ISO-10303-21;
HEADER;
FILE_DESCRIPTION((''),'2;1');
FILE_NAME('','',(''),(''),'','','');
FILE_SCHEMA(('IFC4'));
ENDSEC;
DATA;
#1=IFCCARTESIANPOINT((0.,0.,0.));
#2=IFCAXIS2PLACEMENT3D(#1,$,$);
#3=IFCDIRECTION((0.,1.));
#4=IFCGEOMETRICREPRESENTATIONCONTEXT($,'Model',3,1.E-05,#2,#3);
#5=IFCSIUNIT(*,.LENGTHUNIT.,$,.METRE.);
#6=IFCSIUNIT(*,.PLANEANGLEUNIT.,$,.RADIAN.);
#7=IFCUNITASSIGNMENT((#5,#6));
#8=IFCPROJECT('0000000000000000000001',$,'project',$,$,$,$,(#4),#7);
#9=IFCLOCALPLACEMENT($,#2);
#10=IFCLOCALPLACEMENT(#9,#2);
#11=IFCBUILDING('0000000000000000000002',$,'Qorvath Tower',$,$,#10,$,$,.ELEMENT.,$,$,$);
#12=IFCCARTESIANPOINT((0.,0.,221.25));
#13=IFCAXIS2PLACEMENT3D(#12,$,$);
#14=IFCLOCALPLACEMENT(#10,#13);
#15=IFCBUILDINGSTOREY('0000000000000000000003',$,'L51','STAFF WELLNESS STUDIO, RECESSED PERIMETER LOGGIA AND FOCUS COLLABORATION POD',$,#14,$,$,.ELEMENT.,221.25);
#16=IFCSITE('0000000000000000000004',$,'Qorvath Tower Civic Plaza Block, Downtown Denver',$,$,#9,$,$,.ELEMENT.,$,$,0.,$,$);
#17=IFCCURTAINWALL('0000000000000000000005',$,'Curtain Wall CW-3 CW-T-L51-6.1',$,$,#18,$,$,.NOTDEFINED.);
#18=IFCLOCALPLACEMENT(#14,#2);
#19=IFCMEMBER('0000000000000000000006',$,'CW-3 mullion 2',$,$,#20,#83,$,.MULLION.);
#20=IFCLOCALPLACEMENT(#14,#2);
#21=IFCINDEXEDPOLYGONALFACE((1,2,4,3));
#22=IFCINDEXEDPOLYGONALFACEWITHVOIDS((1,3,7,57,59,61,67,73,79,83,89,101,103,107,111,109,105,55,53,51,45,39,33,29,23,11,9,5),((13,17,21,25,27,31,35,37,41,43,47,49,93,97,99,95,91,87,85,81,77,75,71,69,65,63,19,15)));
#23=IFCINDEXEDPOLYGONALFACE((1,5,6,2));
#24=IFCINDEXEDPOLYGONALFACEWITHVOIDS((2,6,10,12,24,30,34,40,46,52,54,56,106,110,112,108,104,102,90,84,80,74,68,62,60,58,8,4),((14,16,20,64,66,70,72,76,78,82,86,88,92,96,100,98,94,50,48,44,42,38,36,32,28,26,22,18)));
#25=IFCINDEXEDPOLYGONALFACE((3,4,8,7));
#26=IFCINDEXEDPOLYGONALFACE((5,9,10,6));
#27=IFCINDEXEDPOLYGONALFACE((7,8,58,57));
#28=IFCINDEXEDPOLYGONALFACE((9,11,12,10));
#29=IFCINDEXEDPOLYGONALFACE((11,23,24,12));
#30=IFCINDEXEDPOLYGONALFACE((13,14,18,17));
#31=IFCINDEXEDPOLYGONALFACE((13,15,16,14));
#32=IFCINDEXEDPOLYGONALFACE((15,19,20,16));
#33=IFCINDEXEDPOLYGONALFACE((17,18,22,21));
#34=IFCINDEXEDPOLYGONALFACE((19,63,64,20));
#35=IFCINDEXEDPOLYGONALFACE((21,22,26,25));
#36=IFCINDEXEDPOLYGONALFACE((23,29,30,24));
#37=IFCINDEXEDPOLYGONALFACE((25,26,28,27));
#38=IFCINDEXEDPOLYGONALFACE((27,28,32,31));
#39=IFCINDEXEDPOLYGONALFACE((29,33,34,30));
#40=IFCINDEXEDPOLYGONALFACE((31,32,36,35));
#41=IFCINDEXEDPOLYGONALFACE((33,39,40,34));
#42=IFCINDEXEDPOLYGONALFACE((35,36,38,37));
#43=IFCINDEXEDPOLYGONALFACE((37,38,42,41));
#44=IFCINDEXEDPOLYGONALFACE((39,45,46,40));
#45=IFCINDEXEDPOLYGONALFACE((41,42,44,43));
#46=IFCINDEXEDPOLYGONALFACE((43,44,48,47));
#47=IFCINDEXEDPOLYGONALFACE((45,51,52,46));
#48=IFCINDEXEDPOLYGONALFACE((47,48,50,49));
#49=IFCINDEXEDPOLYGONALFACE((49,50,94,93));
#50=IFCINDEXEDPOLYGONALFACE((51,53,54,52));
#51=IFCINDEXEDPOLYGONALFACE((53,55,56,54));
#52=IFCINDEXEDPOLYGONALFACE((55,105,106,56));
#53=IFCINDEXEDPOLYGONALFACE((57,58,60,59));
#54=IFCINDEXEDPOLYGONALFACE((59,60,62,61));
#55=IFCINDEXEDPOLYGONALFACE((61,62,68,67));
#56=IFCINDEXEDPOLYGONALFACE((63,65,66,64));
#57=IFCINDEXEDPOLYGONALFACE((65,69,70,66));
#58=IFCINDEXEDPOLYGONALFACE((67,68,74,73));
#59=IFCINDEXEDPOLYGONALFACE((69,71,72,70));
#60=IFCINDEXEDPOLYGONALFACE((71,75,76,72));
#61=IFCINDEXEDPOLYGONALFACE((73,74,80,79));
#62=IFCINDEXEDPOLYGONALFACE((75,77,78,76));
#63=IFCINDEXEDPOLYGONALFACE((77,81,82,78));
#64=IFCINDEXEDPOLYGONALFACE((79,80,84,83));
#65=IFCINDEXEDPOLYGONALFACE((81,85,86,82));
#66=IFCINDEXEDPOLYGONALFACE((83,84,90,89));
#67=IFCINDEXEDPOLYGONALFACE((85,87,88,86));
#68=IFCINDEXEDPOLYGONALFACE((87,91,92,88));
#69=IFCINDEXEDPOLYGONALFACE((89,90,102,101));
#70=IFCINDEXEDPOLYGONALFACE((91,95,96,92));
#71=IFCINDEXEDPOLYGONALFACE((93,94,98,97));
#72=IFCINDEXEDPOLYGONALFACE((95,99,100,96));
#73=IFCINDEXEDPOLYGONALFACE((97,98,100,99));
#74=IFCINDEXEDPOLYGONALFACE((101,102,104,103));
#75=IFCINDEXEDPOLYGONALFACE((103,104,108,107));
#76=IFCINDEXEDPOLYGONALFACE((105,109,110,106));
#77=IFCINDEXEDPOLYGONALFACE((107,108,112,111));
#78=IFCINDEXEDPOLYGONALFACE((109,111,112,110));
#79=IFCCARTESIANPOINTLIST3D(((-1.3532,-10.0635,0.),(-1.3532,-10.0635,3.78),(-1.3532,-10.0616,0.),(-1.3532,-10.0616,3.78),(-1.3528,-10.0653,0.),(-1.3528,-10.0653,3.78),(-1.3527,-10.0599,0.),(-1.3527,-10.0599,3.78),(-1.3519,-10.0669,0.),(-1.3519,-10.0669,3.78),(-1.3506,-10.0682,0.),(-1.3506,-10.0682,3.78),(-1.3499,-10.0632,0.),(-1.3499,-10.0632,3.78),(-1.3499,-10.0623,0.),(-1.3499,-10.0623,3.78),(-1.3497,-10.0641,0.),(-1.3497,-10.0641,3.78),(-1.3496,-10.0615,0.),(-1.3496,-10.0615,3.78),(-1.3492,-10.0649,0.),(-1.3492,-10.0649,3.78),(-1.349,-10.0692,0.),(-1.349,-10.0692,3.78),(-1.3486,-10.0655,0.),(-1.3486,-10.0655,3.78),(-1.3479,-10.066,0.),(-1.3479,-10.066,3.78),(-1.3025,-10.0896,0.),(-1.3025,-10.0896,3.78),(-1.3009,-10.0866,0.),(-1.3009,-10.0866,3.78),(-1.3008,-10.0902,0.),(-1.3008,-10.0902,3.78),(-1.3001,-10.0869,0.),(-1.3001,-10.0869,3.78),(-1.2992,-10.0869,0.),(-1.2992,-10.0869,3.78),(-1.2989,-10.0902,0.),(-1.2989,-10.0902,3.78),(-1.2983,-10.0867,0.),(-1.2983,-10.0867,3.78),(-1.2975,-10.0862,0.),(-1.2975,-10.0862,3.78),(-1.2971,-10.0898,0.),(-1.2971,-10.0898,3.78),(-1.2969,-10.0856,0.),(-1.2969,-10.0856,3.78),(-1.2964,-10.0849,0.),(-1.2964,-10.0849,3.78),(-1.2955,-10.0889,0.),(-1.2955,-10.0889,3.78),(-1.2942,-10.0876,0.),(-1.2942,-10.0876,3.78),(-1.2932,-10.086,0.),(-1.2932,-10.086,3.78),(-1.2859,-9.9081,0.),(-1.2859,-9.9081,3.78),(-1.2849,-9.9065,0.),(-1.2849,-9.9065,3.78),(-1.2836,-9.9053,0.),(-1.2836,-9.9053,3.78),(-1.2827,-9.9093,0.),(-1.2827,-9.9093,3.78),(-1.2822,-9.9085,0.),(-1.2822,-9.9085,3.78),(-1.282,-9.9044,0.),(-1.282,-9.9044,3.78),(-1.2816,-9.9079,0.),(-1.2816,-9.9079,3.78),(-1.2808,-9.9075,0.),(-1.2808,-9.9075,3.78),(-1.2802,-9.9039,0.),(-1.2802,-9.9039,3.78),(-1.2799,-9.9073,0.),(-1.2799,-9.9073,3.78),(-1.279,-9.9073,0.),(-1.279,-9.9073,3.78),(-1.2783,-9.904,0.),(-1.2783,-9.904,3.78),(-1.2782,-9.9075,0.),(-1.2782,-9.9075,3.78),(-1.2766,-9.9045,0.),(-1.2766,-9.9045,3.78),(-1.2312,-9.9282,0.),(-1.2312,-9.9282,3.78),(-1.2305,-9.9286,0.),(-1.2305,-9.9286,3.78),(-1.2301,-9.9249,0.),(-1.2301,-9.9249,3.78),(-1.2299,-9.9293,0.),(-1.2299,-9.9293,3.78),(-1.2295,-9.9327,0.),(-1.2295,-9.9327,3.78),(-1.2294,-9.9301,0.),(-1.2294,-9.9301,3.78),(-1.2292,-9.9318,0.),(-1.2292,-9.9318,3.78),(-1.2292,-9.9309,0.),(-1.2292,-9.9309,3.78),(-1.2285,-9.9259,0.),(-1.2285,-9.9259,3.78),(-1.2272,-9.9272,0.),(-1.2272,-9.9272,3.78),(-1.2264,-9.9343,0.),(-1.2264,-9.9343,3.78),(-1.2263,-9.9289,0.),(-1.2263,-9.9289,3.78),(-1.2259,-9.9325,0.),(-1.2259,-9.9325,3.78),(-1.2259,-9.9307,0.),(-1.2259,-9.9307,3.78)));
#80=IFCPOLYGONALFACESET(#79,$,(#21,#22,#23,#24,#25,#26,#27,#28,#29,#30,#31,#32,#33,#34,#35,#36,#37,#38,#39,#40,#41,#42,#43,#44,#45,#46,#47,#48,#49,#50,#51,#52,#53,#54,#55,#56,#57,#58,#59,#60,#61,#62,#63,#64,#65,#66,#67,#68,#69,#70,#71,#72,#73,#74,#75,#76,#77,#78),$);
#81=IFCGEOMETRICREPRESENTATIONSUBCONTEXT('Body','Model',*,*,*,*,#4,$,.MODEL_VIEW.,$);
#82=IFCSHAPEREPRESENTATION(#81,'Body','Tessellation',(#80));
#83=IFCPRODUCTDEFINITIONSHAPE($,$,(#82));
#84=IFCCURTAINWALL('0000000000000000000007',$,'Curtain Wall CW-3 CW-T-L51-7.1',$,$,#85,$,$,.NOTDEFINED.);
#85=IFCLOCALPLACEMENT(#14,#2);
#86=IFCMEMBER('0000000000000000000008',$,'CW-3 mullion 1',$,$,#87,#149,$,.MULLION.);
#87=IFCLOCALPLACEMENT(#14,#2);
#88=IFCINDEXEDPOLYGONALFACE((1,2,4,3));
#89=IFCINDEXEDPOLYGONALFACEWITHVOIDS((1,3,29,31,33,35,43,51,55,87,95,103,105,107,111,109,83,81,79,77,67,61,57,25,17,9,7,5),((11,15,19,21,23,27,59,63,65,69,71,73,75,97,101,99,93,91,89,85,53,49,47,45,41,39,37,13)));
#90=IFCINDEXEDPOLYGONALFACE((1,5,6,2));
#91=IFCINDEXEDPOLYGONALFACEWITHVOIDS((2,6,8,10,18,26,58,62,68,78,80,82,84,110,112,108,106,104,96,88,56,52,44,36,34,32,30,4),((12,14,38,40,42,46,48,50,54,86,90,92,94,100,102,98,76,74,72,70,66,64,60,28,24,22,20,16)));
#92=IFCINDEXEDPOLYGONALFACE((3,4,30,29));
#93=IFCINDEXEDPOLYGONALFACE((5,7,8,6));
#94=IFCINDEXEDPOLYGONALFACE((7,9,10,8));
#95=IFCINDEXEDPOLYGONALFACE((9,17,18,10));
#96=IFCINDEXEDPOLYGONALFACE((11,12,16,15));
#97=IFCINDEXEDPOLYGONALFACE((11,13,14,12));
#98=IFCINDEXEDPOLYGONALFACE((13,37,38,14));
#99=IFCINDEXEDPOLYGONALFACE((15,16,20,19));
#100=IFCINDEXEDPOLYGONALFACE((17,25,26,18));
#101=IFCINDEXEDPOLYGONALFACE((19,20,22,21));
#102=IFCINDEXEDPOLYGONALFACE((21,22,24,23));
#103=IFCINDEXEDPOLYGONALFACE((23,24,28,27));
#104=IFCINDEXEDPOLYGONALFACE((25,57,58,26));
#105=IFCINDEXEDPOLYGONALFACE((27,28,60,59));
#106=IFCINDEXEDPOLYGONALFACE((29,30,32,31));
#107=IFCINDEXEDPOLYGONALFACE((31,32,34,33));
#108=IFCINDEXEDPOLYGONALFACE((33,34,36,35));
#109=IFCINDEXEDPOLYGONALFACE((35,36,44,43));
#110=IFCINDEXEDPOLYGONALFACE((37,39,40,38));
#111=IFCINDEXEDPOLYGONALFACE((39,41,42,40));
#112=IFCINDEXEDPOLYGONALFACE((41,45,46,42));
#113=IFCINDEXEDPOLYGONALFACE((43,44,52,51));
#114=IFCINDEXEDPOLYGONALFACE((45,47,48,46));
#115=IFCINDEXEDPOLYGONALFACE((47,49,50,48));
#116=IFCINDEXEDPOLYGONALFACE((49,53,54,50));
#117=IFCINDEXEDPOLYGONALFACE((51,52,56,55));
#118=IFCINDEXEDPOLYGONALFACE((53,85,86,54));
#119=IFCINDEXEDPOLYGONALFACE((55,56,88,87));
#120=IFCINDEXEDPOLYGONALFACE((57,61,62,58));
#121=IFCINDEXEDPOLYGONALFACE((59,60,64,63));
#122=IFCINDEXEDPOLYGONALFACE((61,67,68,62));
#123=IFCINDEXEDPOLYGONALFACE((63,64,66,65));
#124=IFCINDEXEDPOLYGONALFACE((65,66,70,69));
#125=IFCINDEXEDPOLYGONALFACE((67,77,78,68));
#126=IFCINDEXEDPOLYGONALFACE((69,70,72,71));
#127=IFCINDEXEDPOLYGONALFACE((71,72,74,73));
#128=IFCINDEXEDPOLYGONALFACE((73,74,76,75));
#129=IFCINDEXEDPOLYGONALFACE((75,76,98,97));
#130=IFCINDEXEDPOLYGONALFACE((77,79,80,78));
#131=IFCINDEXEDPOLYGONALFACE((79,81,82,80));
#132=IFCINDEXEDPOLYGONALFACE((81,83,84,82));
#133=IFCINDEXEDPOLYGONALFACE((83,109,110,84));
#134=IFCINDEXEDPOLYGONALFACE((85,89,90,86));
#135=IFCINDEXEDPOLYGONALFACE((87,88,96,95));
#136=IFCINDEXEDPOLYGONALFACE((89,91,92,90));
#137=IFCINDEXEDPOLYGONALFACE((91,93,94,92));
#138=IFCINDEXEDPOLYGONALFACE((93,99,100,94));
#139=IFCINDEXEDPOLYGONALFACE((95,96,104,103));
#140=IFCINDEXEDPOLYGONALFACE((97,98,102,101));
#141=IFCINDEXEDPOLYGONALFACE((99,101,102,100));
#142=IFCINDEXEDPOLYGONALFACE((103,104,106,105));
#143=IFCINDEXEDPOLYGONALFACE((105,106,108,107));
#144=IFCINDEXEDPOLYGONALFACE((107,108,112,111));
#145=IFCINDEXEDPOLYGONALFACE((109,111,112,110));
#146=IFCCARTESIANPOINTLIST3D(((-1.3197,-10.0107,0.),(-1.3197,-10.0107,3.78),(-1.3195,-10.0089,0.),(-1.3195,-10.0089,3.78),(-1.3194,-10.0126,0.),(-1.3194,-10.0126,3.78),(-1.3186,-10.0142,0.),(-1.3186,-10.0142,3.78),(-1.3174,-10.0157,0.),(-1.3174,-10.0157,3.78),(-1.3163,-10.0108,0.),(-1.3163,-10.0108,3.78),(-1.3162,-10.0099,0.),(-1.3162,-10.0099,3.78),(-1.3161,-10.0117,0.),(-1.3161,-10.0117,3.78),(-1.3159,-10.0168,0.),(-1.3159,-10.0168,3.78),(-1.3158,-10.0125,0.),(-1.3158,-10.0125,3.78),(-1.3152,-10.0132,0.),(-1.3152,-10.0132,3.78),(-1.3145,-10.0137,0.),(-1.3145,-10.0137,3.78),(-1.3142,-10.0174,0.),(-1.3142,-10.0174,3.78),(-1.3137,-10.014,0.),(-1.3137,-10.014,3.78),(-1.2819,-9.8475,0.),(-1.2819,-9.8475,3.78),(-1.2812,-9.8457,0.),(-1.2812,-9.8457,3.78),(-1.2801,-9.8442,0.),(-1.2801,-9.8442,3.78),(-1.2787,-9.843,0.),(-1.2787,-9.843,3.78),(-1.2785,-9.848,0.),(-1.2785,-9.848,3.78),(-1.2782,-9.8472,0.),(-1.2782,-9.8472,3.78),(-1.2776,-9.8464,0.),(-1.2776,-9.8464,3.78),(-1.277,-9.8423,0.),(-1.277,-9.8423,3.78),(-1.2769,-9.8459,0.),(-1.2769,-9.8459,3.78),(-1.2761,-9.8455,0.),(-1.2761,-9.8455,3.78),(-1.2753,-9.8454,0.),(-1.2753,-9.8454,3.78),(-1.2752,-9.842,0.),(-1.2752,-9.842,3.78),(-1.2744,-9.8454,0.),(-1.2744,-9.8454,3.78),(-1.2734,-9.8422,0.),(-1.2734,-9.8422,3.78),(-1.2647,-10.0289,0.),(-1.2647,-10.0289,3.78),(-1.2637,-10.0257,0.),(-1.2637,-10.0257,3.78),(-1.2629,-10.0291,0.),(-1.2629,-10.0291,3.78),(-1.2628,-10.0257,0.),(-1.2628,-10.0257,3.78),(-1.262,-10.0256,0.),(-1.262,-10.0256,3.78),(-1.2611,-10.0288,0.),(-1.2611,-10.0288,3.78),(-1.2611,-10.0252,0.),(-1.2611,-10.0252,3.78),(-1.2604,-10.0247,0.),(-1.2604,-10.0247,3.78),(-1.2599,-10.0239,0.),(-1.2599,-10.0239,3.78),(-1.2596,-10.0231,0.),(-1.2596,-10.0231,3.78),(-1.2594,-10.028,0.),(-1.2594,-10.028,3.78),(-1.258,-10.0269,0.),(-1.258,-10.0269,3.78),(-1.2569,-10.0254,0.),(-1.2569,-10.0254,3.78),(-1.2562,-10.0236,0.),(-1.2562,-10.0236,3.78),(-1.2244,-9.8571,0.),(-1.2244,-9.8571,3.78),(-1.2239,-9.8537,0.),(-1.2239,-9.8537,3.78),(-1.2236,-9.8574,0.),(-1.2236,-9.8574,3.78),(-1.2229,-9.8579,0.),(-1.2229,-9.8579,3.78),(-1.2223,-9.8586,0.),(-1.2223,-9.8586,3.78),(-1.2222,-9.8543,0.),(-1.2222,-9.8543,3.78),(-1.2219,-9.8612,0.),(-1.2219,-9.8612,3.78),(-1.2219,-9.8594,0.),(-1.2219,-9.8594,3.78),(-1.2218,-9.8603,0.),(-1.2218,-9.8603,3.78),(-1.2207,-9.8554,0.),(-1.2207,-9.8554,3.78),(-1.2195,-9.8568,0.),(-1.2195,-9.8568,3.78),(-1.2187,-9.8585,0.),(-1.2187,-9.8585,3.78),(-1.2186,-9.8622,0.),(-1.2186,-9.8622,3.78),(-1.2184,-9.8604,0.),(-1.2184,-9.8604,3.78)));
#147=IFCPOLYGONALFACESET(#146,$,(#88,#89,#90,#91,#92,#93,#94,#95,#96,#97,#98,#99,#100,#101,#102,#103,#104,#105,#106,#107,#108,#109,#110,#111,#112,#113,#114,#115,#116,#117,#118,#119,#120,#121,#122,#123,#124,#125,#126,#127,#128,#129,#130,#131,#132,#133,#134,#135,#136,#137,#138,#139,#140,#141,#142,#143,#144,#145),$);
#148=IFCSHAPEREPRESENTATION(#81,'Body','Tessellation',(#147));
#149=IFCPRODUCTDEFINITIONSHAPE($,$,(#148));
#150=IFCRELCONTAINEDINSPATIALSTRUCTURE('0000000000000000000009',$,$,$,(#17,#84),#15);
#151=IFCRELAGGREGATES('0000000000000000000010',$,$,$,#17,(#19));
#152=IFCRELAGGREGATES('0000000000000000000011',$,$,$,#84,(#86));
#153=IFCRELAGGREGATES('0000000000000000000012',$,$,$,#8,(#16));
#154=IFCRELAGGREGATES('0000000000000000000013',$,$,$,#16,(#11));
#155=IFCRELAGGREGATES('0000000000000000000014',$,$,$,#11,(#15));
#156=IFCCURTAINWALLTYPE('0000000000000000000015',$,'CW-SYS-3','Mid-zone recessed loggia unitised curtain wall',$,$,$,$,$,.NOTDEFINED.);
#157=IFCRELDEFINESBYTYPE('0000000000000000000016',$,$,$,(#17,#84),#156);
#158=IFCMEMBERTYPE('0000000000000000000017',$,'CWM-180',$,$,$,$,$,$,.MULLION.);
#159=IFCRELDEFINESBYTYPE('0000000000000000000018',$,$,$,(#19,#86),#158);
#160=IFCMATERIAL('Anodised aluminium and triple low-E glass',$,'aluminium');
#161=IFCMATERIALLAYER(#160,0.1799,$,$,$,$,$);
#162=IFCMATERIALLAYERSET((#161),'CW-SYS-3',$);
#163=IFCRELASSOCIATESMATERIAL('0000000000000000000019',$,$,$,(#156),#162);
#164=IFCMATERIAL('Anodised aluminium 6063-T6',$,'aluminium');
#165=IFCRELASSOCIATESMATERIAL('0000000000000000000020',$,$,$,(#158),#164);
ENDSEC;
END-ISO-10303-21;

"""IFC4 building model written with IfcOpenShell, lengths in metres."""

from ifc_helpers import new_model, si_unit, direction, frame, origin, origin_2d, place, context, subcontext, project, spatial, hollow_rectangle, extrude, material, layer, layer_set, material_profile, profile_set, type_object, element, aggregate, save


model = new_model("IFC4")

# Units and contexts
model_context = context("Model", 3, precision=1e-05, world=origin(), true_north=direction((0.0, 1.0)))
body_context = subcontext(model_context, "Body", "Model", "MODEL_VIEW")
ifc_project = project(units=[si_unit("LENGTHUNIT", "METRE"), si_unit("PLANEANGLEUNIT", "RADIAN")], contexts=[model_context])

# Site, building, storey
site_placement = place(None, origin())
site = spatial("IfcSite", under=ifc_project, at=site_placement, Name="Qorvath Tower Civic Plaza Block, Downtown Denver", CompositionType="ELEMENT", RefElevation=0.0)
building_placement = place(site_placement, origin())
building = spatial("IfcBuilding", under=site, at=building_placement, Name="Qorvath Tower", CompositionType="ELEMENT")
storey_placement = place(building_placement, frame((0.0, 0.0, 221.25)))
storey = spatial("IfcBuildingStorey", under=building, at=storey_placement, Name="L51", Description="STAFF WELLNESS STUDIO, RECESSED PERIMETER LOGGIA AND FOCUS COLLABORATION POD", CompositionType="ELEMENT", Elevation=221.25)

# Curtain walls, members
ifc_material_1 = material(Name="Anodised aluminium and triple low-E glass", Category="aluminium")
ifc_layer_1 = layer(ifc_material_1, 0.1799)
ifc_layer_set_1 = layer_set([ifc_layer_1], Name="CW-SYS-3")
curtain_wall_type = type_object("IfcCurtainWallType", Name="CW-SYS-3", Description="Mid-zone recessed loggia unitised curtain wall", PredefinedType="NOTDEFINED", material=ifc_layer_set_1)
curtain_wall_1_placement = place(storey_placement, origin())
curtain_wall_1 = element("IfcCurtainWall", 1, at=curtain_wall_1_placement, inside=storey, type_object=curtain_wall_type, Name="Curtain Wall CW-3 CW-T-L51-6.1", PredefinedType="NOTDEFINED")
ifc_material_2 = material(Name="Anodised aluminium 6063-T6", Category="aluminium")
ifc_material_profile_1 = material_profile(ifc_material_2, hollow_rectangle(XDim=0.0649, YDim=0.1799, WallThickness=0.0034, InnerFilletRadius=0.0034, OuterFilletRadius=0.0071, at=origin_2d()), Name="CWM 180x65")
ifc_profile_set_1 = profile_set([ifc_material_profile_1], Name="Anodised aluminium 6063-T6")
member_type_1 = type_object("IfcMemberType", Name="CWM-180", PredefinedType="MULLION", material=ifc_profile_set_1)
member_1_placement = place(storey_placement, frame((-1.2896, -9.9971, 0.0), z_axis=(0.0, 0.0, 1.0), x_axis=(-0.915321, 0.402725, 0.0)))
member_1 = element("IfcMember", 2, at=member_1_placement, type_object=member_type_1, Name="CW-3 mullion 2", PredefinedType="MULLION", context=body_context, shape_type="SweptSolid", body=[
    extrude(hollow_rectangle(XDim=0.0649, YDim=0.1799, WallThickness=0.0034, InnerFilletRadius=0.0034, OuterFilletRadius=0.0071, at=origin_2d()), origin(), (0.0, 0.0, 1.0), 3.78),
])
curtain_wall_2_placement = place(storey_placement, origin())
curtain_wall_2 = element("IfcCurtainWall", 3, at=curtain_wall_2_placement, inside=storey, type_object=curtain_wall_type, Name="Curtain Wall CW-3 CW-T-L51-7.1", PredefinedType="NOTDEFINED")
member_2_placement = place(storey_placement, frame((-1.269, -9.9355, 0.0), z_axis=(0.0, 0.0, 1.0), x_axis=(-0.973908, 0.226944, 0.0)))
member_2 = element("IfcMember", 4, at=member_2_placement, type_object=member_type_1, Name="CW-3 mullion 1", PredefinedType="MULLION", context=body_context, shape_type="SweptSolid", body=[
    extrude(hollow_rectangle(XDim=0.0649, YDim=0.1799, WallThickness=0.0034, InnerFilletRadius=0.0034, OuterFilletRadius=0.0071, at=origin_2d()), origin(), (0.0, 0.0, 1.0), 3.78),
])

aggregate(curtain_wall_1, [member_1])
aggregate(curtain_wall_2, [member_2])

save(model, "model.ifc")
